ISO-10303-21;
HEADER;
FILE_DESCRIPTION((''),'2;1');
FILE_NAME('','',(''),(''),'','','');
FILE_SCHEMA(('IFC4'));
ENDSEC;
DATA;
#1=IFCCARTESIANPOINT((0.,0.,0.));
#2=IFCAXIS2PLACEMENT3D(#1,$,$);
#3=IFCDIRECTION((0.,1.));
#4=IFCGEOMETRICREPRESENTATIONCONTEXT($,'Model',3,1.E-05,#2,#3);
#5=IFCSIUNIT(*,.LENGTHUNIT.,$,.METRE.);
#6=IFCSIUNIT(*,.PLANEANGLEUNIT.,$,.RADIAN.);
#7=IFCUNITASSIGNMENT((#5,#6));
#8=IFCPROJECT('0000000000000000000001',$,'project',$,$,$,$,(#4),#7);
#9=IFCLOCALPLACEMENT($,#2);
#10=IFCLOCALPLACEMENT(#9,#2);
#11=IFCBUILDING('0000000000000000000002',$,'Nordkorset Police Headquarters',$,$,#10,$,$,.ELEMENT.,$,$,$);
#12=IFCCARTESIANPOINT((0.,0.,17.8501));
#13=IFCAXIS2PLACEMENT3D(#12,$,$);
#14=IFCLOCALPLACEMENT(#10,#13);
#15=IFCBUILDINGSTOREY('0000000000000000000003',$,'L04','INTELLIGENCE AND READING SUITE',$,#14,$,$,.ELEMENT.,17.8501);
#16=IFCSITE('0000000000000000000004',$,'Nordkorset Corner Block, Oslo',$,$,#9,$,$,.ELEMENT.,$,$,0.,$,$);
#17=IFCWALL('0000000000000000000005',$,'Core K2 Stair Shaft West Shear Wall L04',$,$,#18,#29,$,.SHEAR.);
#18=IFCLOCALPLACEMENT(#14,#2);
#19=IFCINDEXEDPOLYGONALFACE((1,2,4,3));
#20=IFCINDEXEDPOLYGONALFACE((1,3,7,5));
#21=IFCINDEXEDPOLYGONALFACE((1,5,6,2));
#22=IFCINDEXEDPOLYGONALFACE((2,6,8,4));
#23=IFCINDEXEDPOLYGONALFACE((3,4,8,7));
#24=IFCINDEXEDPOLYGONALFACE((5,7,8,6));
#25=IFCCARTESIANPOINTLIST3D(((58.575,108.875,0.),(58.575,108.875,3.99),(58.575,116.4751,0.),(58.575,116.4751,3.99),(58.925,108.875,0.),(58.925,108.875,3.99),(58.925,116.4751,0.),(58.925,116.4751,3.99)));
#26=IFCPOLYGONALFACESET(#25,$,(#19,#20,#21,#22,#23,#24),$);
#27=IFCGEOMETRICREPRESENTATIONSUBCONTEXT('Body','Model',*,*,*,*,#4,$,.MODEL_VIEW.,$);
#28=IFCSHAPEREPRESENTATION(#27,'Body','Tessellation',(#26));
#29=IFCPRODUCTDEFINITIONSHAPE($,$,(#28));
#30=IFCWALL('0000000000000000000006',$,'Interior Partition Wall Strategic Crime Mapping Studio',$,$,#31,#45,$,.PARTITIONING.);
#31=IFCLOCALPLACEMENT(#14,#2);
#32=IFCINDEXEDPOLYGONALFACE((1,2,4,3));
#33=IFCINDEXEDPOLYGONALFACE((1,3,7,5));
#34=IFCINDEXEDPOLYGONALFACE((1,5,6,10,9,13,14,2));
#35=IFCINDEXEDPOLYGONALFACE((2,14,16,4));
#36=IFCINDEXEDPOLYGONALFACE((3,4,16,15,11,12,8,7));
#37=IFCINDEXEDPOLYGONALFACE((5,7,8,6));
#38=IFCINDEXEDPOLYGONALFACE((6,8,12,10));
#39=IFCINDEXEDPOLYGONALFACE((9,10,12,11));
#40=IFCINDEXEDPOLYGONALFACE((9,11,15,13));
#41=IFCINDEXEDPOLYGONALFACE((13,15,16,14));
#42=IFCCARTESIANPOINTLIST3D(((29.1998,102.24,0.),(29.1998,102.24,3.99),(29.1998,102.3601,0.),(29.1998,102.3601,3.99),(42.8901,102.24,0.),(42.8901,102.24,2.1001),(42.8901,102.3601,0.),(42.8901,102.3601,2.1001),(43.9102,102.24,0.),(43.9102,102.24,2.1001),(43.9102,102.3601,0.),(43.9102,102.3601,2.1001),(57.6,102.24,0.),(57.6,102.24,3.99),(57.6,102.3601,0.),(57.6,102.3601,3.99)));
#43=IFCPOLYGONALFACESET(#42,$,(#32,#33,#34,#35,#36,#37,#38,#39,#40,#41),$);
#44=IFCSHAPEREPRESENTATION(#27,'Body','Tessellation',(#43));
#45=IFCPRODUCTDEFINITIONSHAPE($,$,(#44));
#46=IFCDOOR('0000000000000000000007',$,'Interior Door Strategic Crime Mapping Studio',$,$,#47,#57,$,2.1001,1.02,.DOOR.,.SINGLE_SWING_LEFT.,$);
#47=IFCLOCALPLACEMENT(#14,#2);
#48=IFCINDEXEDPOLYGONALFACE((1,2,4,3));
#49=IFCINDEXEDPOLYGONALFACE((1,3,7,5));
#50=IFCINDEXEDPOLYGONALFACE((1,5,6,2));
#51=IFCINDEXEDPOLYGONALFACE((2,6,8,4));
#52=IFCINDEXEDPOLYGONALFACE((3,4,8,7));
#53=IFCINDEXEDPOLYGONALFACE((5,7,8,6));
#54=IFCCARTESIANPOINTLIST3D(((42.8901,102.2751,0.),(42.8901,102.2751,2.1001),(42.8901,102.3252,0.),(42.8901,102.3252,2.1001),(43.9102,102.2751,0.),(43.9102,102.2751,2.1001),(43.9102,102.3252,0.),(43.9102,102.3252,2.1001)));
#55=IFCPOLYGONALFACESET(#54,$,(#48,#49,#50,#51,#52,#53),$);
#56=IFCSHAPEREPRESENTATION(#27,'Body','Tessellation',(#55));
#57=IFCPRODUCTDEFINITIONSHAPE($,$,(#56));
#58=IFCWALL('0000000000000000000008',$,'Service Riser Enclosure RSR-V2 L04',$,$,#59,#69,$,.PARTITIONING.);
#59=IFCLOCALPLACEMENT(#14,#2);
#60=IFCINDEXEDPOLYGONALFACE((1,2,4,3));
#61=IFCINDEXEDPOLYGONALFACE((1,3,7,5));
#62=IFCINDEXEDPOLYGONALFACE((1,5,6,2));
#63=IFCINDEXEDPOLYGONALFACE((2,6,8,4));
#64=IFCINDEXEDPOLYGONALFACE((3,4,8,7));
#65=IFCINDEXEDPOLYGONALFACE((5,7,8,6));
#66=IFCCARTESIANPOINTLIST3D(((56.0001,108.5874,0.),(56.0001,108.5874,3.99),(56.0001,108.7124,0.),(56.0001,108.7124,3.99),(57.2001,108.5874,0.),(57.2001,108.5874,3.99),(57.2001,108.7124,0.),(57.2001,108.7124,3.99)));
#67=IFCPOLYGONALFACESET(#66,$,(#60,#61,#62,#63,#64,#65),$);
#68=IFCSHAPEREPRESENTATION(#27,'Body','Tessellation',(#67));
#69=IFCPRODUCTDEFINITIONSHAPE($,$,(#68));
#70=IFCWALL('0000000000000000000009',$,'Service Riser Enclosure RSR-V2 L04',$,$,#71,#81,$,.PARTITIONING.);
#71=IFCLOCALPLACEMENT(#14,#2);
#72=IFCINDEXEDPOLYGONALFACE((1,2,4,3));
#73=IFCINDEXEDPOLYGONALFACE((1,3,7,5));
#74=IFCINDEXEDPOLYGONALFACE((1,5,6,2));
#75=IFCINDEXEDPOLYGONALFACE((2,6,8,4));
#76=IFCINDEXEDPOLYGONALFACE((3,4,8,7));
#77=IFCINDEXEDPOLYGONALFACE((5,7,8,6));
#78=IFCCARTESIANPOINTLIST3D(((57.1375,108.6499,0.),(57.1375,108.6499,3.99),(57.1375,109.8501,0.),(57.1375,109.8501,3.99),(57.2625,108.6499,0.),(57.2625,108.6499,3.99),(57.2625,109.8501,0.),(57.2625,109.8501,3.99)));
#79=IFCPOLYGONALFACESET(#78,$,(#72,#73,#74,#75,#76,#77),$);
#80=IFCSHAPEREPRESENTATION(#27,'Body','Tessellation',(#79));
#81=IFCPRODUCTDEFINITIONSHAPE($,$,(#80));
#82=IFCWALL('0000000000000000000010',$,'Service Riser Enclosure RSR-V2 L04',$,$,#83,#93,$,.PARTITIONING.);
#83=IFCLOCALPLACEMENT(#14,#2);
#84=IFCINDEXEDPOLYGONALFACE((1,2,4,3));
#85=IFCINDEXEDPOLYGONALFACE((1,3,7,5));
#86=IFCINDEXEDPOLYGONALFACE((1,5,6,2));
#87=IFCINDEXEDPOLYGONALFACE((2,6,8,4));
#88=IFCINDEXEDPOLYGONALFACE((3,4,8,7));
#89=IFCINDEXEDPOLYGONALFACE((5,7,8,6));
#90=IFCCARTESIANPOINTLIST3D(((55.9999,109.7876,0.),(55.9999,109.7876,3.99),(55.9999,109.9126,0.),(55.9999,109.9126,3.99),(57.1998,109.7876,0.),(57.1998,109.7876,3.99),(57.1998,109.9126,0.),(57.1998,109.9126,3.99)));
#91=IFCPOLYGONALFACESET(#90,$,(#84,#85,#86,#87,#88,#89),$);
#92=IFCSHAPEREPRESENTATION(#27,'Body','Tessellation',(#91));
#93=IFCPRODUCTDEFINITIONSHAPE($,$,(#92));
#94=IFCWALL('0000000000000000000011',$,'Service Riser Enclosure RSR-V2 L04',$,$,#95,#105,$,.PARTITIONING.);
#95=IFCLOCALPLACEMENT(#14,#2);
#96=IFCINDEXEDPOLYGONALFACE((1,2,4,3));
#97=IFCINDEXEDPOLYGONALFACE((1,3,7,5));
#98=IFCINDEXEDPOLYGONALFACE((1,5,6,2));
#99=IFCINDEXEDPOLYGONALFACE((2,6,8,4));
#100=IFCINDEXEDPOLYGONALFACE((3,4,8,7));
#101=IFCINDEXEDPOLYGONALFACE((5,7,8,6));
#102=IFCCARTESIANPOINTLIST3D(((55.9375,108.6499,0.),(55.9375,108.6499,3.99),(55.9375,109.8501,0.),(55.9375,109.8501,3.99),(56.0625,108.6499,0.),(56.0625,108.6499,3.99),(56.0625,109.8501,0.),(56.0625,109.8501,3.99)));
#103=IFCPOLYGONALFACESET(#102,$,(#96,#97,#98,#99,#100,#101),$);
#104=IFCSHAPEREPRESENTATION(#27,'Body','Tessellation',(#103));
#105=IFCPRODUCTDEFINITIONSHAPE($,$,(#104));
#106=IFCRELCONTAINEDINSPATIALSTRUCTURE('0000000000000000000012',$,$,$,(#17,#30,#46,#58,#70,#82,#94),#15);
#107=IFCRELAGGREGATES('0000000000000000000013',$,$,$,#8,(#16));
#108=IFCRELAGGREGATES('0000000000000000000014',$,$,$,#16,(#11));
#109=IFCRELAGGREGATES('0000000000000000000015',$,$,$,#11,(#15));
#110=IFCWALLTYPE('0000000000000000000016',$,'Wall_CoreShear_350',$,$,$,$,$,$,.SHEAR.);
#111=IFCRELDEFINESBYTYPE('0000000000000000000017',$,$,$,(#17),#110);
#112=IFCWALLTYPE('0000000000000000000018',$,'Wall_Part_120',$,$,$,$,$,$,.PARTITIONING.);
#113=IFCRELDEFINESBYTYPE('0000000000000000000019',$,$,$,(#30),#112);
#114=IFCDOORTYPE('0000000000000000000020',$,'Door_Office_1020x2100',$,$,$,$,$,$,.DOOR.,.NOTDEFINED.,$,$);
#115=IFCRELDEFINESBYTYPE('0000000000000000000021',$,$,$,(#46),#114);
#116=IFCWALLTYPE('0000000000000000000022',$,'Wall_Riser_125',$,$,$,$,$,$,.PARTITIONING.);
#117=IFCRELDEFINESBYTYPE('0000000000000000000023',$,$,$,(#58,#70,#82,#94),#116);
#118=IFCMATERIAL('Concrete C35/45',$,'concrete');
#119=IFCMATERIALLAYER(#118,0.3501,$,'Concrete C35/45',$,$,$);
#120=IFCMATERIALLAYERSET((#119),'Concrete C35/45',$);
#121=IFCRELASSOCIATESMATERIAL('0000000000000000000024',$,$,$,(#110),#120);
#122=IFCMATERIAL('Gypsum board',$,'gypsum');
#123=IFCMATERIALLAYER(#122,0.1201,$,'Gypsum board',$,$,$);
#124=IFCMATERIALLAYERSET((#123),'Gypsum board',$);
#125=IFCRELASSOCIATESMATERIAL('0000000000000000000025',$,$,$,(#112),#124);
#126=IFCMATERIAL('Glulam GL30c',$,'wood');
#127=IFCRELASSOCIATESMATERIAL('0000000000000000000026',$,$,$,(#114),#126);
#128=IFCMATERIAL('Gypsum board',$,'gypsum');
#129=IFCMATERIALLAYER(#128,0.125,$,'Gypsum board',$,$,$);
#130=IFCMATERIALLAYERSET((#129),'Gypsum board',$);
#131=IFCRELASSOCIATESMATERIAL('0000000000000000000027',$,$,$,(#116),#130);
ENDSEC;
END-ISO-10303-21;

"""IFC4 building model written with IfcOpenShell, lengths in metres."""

from ifc_helpers import new_model, si_unit, direction, frame, frame_2d, origin, place, context, subcontext, project, spatial, rectangle, extrude, material, layer, layer_set, type_object, element, fill, save


model = new_model("IFC4")

# Units and contexts
model_context = context("Model", 3, precision=1e-05, world=origin(), true_north=direction((0.0, 1.0)))
body_context = subcontext(model_context, "Body", "Model", "MODEL_VIEW")
ifc_project = project(units=[si_unit("LENGTHUNIT", "METRE"), si_unit("PLANEANGLEUNIT", "RADIAN")], contexts=[model_context])

# Site, building, storey
site_placement = place(None, origin())
site = spatial("IfcSite", under=ifc_project, at=site_placement, Name="Nordkorset Corner Block, Oslo", CompositionType="ELEMENT", RefElevation=0.0)
building_placement = place(site_placement, origin())
building = spatial("IfcBuilding", under=site, at=building_placement, Name="Nordkorset Police Headquarters", CompositionType="ELEMENT")
storey_placement = place(building_placement, frame((0.0, 0.0, 17.8501)))
storey = spatial("IfcBuildingStorey", under=building, at=storey_placement, Name="L04", Description="INTELLIGENCE AND READING SUITE", CompositionType="ELEMENT", Elevation=17.8501)

# Shared definitions
ifc_material_1 = material(Name="Concrete C35/45", Category="concrete")
ifc_layer_1 = layer(ifc_material_1, 0.3501, Name="Concrete C35/45")
ifc_layer_set_1 = layer_set([ifc_layer_1], Name="Concrete C35/45")
wall_type_1 = type_object("IfcWallType", Name="Wall_CoreShear_350", PredefinedType="SHEAR", material=ifc_layer_set_1)

# Wall
wall_1_placement = place(storey_placement, frame((58.75, 108.875, 0.0), z_axis=(0.0, 0.0, 1.0), x_axis=(0.0, 1.0, 0.0)))
element("IfcWall", 1, at=wall_1_placement, inside=storey, type_object=wall_type_1, Name="Core K2 Stair Shaft West Shear Wall L04", PredefinedType="SHEAR", context=body_context, shape_type="SweptSolid", body=[
    extrude(rectangle(XDim=7.6001, YDim=0.3501, at=frame_2d((3.8, 0.0))), origin(), (0.0, 0.0, 1.0), 3.99),
])

# Wall, opening, door
ifc_material_2 = material(Name="Gypsum board", Category="gypsum")
ifc_layer_2 = layer(ifc_material_2, 0.1201, Name="Gypsum board")
ifc_layer_set_2 = layer_set([ifc_layer_2], Name="Gypsum board")
wall_type_2 = type_object("IfcWallType", Name="Wall_Part_120", PredefinedType="PARTITIONING", material=ifc_layer_set_2)
wall_2_placement = place(storey_placement, frame((57.6001, 102.3, 0.0), z_axis=(0.0, 0.0, 1.0), x_axis=(-1.0, 0.0, 0.0)))
wall_2 = element("IfcWall", 2, at=wall_2_placement, inside=storey, type_object=wall_type_2, Name="Interior Partition Wall Strategic Crime Mapping Studio", PredefinedType="PARTITIONING", context=body_context, shape_type="SweptSolid", body=[
    extrude(rectangle(XDim=28.4001, YDim=0.1201, at=frame_2d((14.2002, 0.0))), origin(), (0.0, 0.0, 1.0), 3.99),
])
opening_1_placement = place(wall_2_placement, frame((13.6899, 0.0, 0.0)))
opening_1 = element("IfcOpeningElement", 3, at=opening_1_placement, cuts=wall_2, PredefinedType="OPENING", context=body_context, shape_type="SweptSolid", body=[
    extrude(rectangle(XDim=1.02, YDim=2.1001, at=frame_2d((0.51, 1.05))), frame((0.0, 0.0701, 0.0), z_axis=(0.0, -1.0, 0.0), x_axis=(1.0, 0.0, 0.0)), (0.0, 0.0, 1.0), 0.1401),
])
ifc_material_3 = material(Name="Glulam GL30c", Category="wood")
door_type_1 = type_object("IfcDoorType", Name="Door_Office_1020x2100", OperationType="NOTDEFINED", PredefinedType="DOOR", material=ifc_material_3)
door_1_placement = place(opening_1_placement, origin())
door_1 = element("IfcDoor", 4, at=door_1_placement, inside=storey, type_object=door_type_1, Name="Interior Door Strategic Crime Mapping Studio", OperationType="SINGLE_SWING_LEFT", OverallHeight=2.1001, OverallWidth=1.02, PredefinedType="DOOR", context=body_context, shape_type="SweptSolid", body=[
    extrude(rectangle(XDim=1.02, YDim=2.1001, at=frame_2d((0.51, 1.05))), frame((0.0, 0.0249, 0.0), z_axis=(0.0, -1.0, 0.0), x_axis=(1.0, 0.0, 0.0)), (0.0, 0.0, 1.0), 0.05),
])
fill(opening_1, door_1)

# Walls
ifc_material_4 = material(Name="Gypsum board", Category="gypsum")
ifc_layer_3 = layer(ifc_material_4, 0.125, Name="Gypsum board")
ifc_layer_set_3 = layer_set([ifc_layer_3], Name="Gypsum board")
wall_type_3 = type_object("IfcWallType", Name="Wall_Riser_125", PredefinedType="PARTITIONING", material=ifc_layer_set_3)
wall_3_placement = place(storey_placement, frame((56.0, 108.6499, 0.0), z_axis=(0.0, 0.0, 1.0), x_axis=(1.0, 0.0, 0.0)))
element("IfcWall", 5, at=wall_3_placement, inside=storey, type_object=wall_type_3, Name="Service Riser Enclosure RSR-V2 L04", PredefinedType="PARTITIONING", context=body_context, shape_type="SweptSolid", body=[
    extrude(rectangle(XDim=1.2, YDim=0.125, at=frame_2d((0.6001, 0.0))), origin(), (0.0, 0.0, 1.0), 3.99),
])
wall_4_placement = place(storey_placement, frame((57.2, 108.6499, 0.0), z_axis=(0.0, 0.0, 1.0), x_axis=(0.0, 1.0, 0.0)))
element("IfcWall", 6, at=wall_4_placement, inside=storey, type_object=wall_type_3, Name="Service Riser Enclosure RSR-V2 L04", PredefinedType="PARTITIONING", context=body_context, shape_type="SweptSolid", body=[
    extrude(rectangle(XDim=1.2002, YDim=0.125, at=frame_2d((0.6001, 0.0))), origin(), (0.0, 0.0, 1.0), 3.99),
])
wall_5_placement = place(storey_placement, frame((57.2, 109.8501, 0.0), z_axis=(0.0, 0.0, 1.0), x_axis=(-1.0, 0.0, 0.0)))
element("IfcWall", 7, at=wall_5_placement, inside=storey, type_object=wall_type_3, Name="Service Riser Enclosure RSR-V2 L04", PredefinedType="PARTITIONING", context=body_context, shape_type="SweptSolid", body=[
    extrude(rectangle(XDim=1.2, YDim=0.125, at=frame_2d((0.6001, 0.0))), origin(), (0.0, 0.0, 1.0), 3.99),
])
wall_6_placement = place(storey_placement, frame((56.0, 109.8501, 0.0), z_axis=(0.0, 0.0, 1.0), x_axis=(0.0, -1.0, 0.0)))
element("IfcWall", 8, at=wall_6_placement, inside=storey, type_object=wall_type_3, Name="Service Riser Enclosure RSR-V2 L04", PredefinedType="PARTITIONING", context=body_context, shape_type="SweptSolid", body=[
    extrude(rectangle(XDim=1.2002, YDim=0.125, at=frame_2d((0.6001, 0.0))), origin(), (0.0, 0.0, 1.0), 3.99),
])

save(model, "model.ifc")
